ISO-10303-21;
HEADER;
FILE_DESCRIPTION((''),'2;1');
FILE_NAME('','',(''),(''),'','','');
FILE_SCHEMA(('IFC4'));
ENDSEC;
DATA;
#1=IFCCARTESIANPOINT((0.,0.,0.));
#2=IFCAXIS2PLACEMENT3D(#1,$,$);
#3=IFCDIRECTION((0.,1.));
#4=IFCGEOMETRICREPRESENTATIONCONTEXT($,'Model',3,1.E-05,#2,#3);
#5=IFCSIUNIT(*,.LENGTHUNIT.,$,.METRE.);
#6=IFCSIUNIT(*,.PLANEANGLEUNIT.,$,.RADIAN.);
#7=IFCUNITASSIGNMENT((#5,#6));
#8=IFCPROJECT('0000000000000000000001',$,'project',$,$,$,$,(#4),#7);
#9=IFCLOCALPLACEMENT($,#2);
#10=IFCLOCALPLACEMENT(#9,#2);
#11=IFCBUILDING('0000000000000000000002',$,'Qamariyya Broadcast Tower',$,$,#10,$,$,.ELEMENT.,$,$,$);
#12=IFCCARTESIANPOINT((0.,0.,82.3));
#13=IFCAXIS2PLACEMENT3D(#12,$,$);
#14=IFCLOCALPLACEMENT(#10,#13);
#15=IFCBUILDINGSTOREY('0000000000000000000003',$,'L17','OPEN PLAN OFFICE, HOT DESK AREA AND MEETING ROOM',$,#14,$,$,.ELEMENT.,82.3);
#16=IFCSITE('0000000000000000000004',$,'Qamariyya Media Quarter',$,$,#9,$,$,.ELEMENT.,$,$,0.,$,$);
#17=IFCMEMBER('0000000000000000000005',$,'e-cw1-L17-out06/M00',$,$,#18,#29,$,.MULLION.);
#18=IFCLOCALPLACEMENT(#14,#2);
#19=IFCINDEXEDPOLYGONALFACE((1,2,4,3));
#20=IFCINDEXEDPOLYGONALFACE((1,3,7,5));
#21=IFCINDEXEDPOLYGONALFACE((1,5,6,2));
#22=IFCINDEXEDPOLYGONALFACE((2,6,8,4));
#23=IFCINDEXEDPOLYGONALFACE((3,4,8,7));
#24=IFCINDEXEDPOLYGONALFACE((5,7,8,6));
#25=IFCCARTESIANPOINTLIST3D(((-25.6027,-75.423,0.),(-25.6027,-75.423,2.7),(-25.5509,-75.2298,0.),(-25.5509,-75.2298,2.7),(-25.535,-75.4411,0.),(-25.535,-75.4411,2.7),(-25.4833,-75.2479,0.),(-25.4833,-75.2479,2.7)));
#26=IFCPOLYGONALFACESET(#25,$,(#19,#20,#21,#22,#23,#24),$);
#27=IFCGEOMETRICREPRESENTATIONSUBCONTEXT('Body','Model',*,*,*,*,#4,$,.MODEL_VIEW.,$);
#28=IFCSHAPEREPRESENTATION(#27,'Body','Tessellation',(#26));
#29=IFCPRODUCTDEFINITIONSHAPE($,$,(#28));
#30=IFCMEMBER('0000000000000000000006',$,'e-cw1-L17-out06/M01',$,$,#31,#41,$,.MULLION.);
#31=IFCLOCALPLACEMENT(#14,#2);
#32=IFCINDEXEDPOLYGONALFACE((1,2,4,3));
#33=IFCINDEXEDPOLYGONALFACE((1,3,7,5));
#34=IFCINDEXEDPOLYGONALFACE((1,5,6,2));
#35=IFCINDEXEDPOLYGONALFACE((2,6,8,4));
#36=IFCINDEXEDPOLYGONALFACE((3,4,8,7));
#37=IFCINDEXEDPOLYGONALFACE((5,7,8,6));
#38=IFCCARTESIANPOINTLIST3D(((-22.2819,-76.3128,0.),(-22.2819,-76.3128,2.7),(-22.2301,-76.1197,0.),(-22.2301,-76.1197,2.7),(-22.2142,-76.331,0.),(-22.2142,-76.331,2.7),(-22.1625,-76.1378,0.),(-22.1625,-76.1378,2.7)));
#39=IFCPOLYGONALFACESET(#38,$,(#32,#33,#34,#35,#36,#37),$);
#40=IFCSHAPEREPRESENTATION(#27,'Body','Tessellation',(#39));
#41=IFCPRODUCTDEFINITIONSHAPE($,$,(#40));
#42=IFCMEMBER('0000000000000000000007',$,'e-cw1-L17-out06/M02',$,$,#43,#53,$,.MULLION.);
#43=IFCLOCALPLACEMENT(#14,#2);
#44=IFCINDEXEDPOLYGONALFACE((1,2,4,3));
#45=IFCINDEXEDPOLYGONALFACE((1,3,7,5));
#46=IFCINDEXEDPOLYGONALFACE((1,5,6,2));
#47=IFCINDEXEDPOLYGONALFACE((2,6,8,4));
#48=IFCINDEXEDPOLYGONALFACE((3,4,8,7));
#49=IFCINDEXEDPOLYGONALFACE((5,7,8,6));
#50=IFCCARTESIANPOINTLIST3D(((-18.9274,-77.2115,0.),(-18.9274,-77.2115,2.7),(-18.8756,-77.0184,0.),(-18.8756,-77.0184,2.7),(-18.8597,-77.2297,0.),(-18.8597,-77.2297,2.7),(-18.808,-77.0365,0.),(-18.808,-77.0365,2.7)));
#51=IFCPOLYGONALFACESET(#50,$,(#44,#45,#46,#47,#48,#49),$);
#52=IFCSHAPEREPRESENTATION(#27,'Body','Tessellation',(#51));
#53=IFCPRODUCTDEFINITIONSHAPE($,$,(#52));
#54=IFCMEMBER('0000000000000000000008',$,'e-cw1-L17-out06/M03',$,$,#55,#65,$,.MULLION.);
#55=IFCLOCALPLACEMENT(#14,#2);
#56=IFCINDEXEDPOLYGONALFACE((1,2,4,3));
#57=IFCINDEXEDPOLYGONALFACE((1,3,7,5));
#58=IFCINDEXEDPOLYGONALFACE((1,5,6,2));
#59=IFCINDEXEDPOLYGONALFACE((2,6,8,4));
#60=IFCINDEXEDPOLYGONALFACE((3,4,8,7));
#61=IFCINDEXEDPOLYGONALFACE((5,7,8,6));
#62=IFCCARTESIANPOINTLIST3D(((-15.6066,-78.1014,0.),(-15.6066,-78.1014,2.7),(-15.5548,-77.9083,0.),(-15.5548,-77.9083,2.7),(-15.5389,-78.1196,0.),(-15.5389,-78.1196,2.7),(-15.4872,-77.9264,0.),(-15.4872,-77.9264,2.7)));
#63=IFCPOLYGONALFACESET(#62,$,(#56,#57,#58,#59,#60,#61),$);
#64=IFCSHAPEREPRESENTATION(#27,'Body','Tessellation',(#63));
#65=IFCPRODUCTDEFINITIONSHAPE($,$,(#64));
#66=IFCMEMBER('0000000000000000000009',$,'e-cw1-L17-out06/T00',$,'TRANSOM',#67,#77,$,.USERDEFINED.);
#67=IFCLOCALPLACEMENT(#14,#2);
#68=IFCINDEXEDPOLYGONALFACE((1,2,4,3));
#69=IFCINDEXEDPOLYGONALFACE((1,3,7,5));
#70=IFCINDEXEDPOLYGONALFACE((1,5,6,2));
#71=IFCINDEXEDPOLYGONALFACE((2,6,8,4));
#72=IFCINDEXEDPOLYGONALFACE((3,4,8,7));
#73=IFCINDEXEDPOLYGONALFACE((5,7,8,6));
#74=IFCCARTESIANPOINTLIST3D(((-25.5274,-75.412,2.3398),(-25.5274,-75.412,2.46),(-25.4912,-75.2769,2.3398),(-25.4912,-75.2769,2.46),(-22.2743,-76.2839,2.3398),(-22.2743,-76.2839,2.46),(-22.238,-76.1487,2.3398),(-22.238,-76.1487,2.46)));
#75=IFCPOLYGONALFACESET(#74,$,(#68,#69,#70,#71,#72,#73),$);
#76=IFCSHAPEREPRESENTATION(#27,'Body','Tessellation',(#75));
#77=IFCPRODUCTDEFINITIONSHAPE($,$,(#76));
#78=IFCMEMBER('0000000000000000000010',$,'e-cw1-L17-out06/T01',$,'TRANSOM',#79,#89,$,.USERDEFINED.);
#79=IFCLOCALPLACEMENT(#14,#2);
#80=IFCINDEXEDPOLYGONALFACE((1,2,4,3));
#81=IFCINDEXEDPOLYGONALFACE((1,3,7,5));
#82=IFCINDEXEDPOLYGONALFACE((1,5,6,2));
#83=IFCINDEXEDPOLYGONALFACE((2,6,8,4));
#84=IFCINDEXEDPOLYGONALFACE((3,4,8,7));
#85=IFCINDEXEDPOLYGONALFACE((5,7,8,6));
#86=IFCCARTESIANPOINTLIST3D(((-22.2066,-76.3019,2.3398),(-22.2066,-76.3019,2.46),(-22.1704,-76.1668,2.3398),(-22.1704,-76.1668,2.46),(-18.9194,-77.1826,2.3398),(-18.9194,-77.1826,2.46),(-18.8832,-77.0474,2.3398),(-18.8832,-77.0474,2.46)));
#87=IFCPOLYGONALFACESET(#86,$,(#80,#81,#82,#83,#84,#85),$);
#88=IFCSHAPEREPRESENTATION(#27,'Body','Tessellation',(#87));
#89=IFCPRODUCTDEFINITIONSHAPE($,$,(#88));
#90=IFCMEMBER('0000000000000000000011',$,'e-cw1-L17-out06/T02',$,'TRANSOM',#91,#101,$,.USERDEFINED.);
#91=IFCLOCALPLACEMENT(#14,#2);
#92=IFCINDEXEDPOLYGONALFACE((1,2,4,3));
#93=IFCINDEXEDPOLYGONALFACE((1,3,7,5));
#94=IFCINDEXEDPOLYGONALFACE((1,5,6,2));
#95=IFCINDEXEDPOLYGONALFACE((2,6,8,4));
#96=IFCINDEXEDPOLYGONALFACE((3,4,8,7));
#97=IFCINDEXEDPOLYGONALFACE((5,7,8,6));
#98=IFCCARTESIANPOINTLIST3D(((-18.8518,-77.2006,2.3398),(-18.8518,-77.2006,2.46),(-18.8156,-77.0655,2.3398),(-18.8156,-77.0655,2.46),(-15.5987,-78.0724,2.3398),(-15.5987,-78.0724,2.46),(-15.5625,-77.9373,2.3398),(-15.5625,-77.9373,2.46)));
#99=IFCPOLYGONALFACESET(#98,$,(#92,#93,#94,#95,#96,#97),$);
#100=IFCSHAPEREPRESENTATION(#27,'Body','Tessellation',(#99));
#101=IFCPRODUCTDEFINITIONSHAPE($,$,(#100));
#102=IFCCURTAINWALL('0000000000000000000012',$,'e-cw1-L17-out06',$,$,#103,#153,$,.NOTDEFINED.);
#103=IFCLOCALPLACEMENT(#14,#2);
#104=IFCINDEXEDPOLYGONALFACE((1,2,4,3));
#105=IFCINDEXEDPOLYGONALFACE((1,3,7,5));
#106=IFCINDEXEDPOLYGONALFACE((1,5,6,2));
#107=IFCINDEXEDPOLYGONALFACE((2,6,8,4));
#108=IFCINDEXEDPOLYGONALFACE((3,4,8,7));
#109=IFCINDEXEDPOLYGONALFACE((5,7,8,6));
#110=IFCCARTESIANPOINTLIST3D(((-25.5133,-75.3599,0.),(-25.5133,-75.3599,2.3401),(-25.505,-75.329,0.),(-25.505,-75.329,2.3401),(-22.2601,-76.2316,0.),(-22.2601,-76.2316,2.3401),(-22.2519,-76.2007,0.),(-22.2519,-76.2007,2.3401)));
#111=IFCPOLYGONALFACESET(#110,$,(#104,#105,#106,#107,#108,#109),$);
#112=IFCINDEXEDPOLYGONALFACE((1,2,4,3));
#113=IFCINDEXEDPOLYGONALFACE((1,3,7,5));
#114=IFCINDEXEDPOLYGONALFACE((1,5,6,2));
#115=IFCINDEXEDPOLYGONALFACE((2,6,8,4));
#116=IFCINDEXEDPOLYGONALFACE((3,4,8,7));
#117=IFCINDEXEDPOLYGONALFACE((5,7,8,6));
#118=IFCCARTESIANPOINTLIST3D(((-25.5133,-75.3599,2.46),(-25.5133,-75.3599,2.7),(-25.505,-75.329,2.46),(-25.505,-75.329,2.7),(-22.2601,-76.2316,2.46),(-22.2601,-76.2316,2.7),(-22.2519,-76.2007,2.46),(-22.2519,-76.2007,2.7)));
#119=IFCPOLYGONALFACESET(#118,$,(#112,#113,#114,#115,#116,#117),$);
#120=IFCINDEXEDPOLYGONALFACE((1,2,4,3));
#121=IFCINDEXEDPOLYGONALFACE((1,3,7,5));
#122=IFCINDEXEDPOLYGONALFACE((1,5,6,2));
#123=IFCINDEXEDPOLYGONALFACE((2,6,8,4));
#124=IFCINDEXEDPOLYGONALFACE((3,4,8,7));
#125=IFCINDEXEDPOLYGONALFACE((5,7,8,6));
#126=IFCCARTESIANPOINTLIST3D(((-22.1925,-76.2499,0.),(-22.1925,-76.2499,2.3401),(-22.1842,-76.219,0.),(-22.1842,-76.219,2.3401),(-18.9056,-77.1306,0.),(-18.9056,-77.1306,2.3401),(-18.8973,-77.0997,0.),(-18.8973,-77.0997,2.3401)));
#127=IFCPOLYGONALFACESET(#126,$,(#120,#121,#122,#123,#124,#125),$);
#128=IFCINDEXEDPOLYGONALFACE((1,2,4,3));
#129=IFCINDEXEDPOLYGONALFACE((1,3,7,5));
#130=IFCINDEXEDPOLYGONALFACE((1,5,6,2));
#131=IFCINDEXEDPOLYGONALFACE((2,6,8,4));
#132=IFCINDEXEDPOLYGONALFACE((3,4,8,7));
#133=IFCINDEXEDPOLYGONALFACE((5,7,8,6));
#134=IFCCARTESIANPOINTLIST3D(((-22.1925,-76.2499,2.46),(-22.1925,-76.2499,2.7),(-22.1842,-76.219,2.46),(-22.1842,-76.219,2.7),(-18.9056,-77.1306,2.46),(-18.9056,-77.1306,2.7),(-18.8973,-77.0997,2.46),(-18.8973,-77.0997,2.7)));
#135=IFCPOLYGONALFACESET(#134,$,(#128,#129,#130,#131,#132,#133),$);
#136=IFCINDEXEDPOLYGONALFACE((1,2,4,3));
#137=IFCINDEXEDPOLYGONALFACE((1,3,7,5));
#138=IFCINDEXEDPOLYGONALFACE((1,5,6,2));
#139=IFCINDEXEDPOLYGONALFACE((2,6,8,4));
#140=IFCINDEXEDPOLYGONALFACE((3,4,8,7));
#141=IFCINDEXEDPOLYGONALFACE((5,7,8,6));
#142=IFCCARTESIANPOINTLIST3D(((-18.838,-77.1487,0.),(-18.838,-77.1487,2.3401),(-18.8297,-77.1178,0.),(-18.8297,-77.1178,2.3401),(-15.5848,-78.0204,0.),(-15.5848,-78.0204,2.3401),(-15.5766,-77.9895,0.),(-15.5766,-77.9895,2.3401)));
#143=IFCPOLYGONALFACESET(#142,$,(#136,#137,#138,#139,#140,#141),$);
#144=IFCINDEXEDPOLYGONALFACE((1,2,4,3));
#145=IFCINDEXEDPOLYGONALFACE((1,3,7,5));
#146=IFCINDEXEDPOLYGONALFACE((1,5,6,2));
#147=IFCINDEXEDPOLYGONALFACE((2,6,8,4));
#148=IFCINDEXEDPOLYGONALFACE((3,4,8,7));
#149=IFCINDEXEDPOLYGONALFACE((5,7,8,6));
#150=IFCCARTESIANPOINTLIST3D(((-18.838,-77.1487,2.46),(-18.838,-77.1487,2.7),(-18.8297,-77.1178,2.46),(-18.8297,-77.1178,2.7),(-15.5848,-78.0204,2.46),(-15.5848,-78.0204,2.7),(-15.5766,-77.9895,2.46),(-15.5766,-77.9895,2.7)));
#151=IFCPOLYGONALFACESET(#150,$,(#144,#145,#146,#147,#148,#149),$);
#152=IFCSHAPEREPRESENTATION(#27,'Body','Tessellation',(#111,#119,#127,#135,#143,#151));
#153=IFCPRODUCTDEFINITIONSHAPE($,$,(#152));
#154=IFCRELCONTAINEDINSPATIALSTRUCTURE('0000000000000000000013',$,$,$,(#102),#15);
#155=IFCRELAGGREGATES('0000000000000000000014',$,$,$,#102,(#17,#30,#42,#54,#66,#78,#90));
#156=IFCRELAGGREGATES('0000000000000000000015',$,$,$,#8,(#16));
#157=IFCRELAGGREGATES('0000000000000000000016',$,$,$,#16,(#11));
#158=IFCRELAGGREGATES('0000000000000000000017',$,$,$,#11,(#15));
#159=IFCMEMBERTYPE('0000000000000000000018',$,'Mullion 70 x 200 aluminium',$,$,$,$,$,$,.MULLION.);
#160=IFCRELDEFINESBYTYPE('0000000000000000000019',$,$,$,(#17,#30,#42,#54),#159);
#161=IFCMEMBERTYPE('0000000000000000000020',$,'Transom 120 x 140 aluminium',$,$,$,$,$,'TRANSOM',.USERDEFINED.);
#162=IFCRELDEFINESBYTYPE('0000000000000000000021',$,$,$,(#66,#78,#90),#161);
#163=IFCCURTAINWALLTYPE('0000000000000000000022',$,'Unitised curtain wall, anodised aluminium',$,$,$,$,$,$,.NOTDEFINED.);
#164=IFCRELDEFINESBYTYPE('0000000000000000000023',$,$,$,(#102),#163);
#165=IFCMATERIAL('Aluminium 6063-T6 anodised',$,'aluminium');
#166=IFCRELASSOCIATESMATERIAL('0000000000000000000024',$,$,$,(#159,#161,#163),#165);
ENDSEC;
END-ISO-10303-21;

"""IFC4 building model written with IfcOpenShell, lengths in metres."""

from ifc_helpers import new_model, si_unit, direction, frame, origin, origin_2d, place, context, subcontext, project, spatial, rectangle, extrude, material, material_profile, profile_set, type_object, element, aggregate, save


model = new_model("IFC4")

# Units and contexts
model_context = context("Model", 3, precision=1e-05, world=origin(), true_north=direction((0.0, 1.0)))
body_context = subcontext(model_context, "Body", "Model", "MODEL_VIEW")
ifc_project = project(units=[si_unit("LENGTHUNIT", "METRE"), si_unit("PLANEANGLEUNIT", "RADIAN")], contexts=[model_context])

# Members
ifc_material = material(Name="Aluminium 6063-T6 anodised", Category="aluminium")
ifc_material_profile_1 = material_profile(ifc_material, rectangle(XDim=0.2, YDim=0.0701, at=origin_2d()))
ifc_profile_set_1 = profile_set([ifc_material_profile_1], Name="Aluminium 6063-T6 anodised")
member_type_1 = type_object("IfcMemberType", Name="Mullion 70 x 200 aluminium", PredefinedType="MULLION", material=ifc_profile_set_1)
site_placement = place(None, origin())
building_placement = place(site_placement, origin())
storey_placement = place(building_placement, frame((0.0, 0.0, 82.3)))
member_1_placement = place(storey_placement, frame((-25.543, -75.3354, 0.0), z_axis=(0.0, 0.0, 1.0), x_axis=(0.258819, 0.965926, 0.0)))
member_1 = element("IfcMember", 1, at=member_1_placement, type_object=member_type_1, Name="e-cw1-L17-out06/M00", PredefinedType="MULLION", context=body_context, shape_type="SweptSolid", body=[
    extrude(rectangle(XDim=0.2, YDim=0.0701, at=origin_2d()), origin(), (0.0, 0.0, 1.0), 2.7),
])
member_2_placement = place(storey_placement, frame((-22.2222, -76.2253, 0.0), z_axis=(0.0, 0.0, 1.0), x_axis=(0.258819, 0.965926, 0.0)))
member_2 = element("IfcMember", 2, at=member_2_placement, type_object=member_type_1, Name="e-cw1-L17-out06/M01", PredefinedType="MULLION", context=body_context, shape_type="SweptSolid", body=[
    extrude(rectangle(XDim=0.2, YDim=0.0701, at=origin_2d()), origin(), (0.0, 0.0, 1.0), 2.7),
])
member_3_placement = place(storey_placement, frame((-18.8677, -77.124, 0.0), z_axis=(0.0, 0.0, 1.0), x_axis=(0.258819, 0.965926, 0.0)))
member_3 = element("IfcMember", 3, at=member_3_placement, type_object=member_type_1, Name="e-cw1-L17-out06/M02", PredefinedType="MULLION", context=body_context, shape_type="SweptSolid", body=[
    extrude(rectangle(XDim=0.2, YDim=0.0701, at=origin_2d()), origin(), (0.0, 0.0, 1.0), 2.7),
])
member_4_placement = place(storey_placement, frame((-15.5469, -78.0139, 0.0), z_axis=(0.0, 0.0, 1.0), x_axis=(0.258819, 0.965926, 0.0)))
member_4 = element("IfcMember", 4, at=member_4_placement, type_object=member_type_1, Name="e-cw1-L17-out06/M03", PredefinedType="MULLION", context=body_context, shape_type="SweptSolid", body=[
    extrude(rectangle(XDim=0.2, YDim=0.0701, at=origin_2d()), origin(), (0.0, 0.0, 1.0), 2.7),
])
ifc_material_profile_2 = material_profile(ifc_material, rectangle(XDim=0.1399, YDim=0.1201, at=origin_2d()))
ifc_profile_set_2 = profile_set([ifc_material_profile_2], Name="Aluminium 6063-T6 anodised")
member_type_2 = type_object("IfcMemberType", Name="Transom 120 x 140 aluminium", ElementType="TRANSOM", PredefinedType="USERDEFINED", material=ifc_profile_set_2)
member_5_placement = place(storey_placement, frame((-25.5093, -75.3445, 2.3999), z_axis=(0.965915, -0.258858, 0.0), x_axis=(0.258858, 0.965915, 0.0)))
member_5 = element("IfcMember", 5, at=member_5_placement, type_object=member_type_2, Name="e-cw1-L17-out06/T00", ObjectType="TRANSOM", PredefinedType="USERDEFINED", context=body_context, shape_type="SweptSolid", body=[
    extrude(rectangle(XDim=0.1399, YDim=0.1201, at=origin_2d()), origin(), (0.0, 0.0, 1.0), 3.3679),
])
member_6_placement = place(storey_placement, frame((-22.1885, -76.2344, 2.3999), z_axis=(0.965938, -0.258774, 0.0), x_axis=(0.258774, 0.965938, 0.0)))
member_6 = element("IfcMember", 6, at=member_6_placement, type_object=member_type_2, Name="e-cw1-L17-out06/T01", ObjectType="TRANSOM", PredefinedType="USERDEFINED", context=body_context, shape_type="SweptSolid", body=[
    extrude(rectangle(XDim=0.1399, YDim=0.1201, at=origin_2d()), origin(), (0.0, 0.0, 1.0), 3.4031),
])
member_7_placement = place(storey_placement, frame((-18.8337, -77.1331, 2.3999), z_axis=(0.965915, -0.258858, 0.0), x_axis=(0.258858, 0.965915, 0.0)))
member_7 = element("IfcMember", 7, at=member_7_placement, type_object=member_type_2, Name="e-cw1-L17-out06/T02", ObjectType="TRANSOM", PredefinedType="USERDEFINED", context=body_context, shape_type="SweptSolid", body=[
    extrude(rectangle(XDim=0.1399, YDim=0.1201, at=origin_2d()), origin(), (0.0, 0.0, 1.0), 3.3679),
])

# Site, building, storey
site = spatial("IfcSite", under=ifc_project, at=site_placement, Name="Qamariyya Media Quarter", CompositionType="ELEMENT", RefElevation=0.0)
building = spatial("IfcBuilding", under=site, at=building_placement, Name="Qamariyya Broadcast Tower", CompositionType="ELEMENT")
storey = spatial("IfcBuildingStorey", under=building, at=storey_placement, Name="L17", Description="OPEN PLAN OFFICE, HOT DESK AREA AND MEETING ROOM", CompositionType="ELEMENT", Elevation=82.3)

# Curtain wall
curtain_wall_type = type_object("IfcCurtainWallType", Name="Unitised curtain wall, anodised aluminium", PredefinedType="NOTDEFINED", material=ifc_material)
curtain_wall_1_placement = place(storey_placement, origin())
curtain_wall_1 = element("IfcCurtainWall", 8, at=curtain_wall_1_placement, inside=storey, type_object=curtain_wall_type, Name="e-cw1-L17-out06", PredefinedType="NOTDEFINED", context=body_context, shape_type="SweptSolid", body=[
    extrude(rectangle(XDim=3.3679, YDim=0.032, at=origin_2d()), frame((-23.8826, -75.7803, 0.0), x_axis=(0.965925, -0.258822, 0.0)), (0.0, 0.0, 1.0), 2.3401),
    extrude(rectangle(XDim=3.3679, YDim=0.032, at=origin_2d()), frame((-23.8826, -75.7803, 2.46), x_axis=(0.965925, -0.258822, 0.0)), (0.0, 0.0, 1.0), 0.24),
    extrude(rectangle(XDim=3.4028, YDim=0.032, at=origin_2d()), frame((-20.5449, -76.6748, 0.0), x_axis=(0.965925, -0.258822, 0.0)), (0.0, 0.0, 1.0), 2.3401),
    extrude(rectangle(XDim=3.4028, YDim=0.032, at=origin_2d()), frame((-20.5449, -76.6748, 2.46), x_axis=(0.965925, -0.258822, 0.0)), (0.0, 0.0, 1.0), 0.24),
    extrude(rectangle(XDim=3.3679, YDim=0.032, at=origin_2d()), frame((-17.2073, -77.5691, 0.0), x_axis=(0.965925, -0.258822, 0.0)), (0.0, 0.0, 1.0), 2.3401),
    extrude(rectangle(XDim=3.3679, YDim=0.032, at=origin_2d()), frame((-17.2073, -77.5691, 2.46), x_axis=(0.965925, -0.258822, 0.0)), (0.0, 0.0, 1.0), 0.24),
])
aggregate(curtain_wall_1, [member_1, member_2, member_3, member_4, member_5, member_6, member_7])

save(model, "model.ifc")
